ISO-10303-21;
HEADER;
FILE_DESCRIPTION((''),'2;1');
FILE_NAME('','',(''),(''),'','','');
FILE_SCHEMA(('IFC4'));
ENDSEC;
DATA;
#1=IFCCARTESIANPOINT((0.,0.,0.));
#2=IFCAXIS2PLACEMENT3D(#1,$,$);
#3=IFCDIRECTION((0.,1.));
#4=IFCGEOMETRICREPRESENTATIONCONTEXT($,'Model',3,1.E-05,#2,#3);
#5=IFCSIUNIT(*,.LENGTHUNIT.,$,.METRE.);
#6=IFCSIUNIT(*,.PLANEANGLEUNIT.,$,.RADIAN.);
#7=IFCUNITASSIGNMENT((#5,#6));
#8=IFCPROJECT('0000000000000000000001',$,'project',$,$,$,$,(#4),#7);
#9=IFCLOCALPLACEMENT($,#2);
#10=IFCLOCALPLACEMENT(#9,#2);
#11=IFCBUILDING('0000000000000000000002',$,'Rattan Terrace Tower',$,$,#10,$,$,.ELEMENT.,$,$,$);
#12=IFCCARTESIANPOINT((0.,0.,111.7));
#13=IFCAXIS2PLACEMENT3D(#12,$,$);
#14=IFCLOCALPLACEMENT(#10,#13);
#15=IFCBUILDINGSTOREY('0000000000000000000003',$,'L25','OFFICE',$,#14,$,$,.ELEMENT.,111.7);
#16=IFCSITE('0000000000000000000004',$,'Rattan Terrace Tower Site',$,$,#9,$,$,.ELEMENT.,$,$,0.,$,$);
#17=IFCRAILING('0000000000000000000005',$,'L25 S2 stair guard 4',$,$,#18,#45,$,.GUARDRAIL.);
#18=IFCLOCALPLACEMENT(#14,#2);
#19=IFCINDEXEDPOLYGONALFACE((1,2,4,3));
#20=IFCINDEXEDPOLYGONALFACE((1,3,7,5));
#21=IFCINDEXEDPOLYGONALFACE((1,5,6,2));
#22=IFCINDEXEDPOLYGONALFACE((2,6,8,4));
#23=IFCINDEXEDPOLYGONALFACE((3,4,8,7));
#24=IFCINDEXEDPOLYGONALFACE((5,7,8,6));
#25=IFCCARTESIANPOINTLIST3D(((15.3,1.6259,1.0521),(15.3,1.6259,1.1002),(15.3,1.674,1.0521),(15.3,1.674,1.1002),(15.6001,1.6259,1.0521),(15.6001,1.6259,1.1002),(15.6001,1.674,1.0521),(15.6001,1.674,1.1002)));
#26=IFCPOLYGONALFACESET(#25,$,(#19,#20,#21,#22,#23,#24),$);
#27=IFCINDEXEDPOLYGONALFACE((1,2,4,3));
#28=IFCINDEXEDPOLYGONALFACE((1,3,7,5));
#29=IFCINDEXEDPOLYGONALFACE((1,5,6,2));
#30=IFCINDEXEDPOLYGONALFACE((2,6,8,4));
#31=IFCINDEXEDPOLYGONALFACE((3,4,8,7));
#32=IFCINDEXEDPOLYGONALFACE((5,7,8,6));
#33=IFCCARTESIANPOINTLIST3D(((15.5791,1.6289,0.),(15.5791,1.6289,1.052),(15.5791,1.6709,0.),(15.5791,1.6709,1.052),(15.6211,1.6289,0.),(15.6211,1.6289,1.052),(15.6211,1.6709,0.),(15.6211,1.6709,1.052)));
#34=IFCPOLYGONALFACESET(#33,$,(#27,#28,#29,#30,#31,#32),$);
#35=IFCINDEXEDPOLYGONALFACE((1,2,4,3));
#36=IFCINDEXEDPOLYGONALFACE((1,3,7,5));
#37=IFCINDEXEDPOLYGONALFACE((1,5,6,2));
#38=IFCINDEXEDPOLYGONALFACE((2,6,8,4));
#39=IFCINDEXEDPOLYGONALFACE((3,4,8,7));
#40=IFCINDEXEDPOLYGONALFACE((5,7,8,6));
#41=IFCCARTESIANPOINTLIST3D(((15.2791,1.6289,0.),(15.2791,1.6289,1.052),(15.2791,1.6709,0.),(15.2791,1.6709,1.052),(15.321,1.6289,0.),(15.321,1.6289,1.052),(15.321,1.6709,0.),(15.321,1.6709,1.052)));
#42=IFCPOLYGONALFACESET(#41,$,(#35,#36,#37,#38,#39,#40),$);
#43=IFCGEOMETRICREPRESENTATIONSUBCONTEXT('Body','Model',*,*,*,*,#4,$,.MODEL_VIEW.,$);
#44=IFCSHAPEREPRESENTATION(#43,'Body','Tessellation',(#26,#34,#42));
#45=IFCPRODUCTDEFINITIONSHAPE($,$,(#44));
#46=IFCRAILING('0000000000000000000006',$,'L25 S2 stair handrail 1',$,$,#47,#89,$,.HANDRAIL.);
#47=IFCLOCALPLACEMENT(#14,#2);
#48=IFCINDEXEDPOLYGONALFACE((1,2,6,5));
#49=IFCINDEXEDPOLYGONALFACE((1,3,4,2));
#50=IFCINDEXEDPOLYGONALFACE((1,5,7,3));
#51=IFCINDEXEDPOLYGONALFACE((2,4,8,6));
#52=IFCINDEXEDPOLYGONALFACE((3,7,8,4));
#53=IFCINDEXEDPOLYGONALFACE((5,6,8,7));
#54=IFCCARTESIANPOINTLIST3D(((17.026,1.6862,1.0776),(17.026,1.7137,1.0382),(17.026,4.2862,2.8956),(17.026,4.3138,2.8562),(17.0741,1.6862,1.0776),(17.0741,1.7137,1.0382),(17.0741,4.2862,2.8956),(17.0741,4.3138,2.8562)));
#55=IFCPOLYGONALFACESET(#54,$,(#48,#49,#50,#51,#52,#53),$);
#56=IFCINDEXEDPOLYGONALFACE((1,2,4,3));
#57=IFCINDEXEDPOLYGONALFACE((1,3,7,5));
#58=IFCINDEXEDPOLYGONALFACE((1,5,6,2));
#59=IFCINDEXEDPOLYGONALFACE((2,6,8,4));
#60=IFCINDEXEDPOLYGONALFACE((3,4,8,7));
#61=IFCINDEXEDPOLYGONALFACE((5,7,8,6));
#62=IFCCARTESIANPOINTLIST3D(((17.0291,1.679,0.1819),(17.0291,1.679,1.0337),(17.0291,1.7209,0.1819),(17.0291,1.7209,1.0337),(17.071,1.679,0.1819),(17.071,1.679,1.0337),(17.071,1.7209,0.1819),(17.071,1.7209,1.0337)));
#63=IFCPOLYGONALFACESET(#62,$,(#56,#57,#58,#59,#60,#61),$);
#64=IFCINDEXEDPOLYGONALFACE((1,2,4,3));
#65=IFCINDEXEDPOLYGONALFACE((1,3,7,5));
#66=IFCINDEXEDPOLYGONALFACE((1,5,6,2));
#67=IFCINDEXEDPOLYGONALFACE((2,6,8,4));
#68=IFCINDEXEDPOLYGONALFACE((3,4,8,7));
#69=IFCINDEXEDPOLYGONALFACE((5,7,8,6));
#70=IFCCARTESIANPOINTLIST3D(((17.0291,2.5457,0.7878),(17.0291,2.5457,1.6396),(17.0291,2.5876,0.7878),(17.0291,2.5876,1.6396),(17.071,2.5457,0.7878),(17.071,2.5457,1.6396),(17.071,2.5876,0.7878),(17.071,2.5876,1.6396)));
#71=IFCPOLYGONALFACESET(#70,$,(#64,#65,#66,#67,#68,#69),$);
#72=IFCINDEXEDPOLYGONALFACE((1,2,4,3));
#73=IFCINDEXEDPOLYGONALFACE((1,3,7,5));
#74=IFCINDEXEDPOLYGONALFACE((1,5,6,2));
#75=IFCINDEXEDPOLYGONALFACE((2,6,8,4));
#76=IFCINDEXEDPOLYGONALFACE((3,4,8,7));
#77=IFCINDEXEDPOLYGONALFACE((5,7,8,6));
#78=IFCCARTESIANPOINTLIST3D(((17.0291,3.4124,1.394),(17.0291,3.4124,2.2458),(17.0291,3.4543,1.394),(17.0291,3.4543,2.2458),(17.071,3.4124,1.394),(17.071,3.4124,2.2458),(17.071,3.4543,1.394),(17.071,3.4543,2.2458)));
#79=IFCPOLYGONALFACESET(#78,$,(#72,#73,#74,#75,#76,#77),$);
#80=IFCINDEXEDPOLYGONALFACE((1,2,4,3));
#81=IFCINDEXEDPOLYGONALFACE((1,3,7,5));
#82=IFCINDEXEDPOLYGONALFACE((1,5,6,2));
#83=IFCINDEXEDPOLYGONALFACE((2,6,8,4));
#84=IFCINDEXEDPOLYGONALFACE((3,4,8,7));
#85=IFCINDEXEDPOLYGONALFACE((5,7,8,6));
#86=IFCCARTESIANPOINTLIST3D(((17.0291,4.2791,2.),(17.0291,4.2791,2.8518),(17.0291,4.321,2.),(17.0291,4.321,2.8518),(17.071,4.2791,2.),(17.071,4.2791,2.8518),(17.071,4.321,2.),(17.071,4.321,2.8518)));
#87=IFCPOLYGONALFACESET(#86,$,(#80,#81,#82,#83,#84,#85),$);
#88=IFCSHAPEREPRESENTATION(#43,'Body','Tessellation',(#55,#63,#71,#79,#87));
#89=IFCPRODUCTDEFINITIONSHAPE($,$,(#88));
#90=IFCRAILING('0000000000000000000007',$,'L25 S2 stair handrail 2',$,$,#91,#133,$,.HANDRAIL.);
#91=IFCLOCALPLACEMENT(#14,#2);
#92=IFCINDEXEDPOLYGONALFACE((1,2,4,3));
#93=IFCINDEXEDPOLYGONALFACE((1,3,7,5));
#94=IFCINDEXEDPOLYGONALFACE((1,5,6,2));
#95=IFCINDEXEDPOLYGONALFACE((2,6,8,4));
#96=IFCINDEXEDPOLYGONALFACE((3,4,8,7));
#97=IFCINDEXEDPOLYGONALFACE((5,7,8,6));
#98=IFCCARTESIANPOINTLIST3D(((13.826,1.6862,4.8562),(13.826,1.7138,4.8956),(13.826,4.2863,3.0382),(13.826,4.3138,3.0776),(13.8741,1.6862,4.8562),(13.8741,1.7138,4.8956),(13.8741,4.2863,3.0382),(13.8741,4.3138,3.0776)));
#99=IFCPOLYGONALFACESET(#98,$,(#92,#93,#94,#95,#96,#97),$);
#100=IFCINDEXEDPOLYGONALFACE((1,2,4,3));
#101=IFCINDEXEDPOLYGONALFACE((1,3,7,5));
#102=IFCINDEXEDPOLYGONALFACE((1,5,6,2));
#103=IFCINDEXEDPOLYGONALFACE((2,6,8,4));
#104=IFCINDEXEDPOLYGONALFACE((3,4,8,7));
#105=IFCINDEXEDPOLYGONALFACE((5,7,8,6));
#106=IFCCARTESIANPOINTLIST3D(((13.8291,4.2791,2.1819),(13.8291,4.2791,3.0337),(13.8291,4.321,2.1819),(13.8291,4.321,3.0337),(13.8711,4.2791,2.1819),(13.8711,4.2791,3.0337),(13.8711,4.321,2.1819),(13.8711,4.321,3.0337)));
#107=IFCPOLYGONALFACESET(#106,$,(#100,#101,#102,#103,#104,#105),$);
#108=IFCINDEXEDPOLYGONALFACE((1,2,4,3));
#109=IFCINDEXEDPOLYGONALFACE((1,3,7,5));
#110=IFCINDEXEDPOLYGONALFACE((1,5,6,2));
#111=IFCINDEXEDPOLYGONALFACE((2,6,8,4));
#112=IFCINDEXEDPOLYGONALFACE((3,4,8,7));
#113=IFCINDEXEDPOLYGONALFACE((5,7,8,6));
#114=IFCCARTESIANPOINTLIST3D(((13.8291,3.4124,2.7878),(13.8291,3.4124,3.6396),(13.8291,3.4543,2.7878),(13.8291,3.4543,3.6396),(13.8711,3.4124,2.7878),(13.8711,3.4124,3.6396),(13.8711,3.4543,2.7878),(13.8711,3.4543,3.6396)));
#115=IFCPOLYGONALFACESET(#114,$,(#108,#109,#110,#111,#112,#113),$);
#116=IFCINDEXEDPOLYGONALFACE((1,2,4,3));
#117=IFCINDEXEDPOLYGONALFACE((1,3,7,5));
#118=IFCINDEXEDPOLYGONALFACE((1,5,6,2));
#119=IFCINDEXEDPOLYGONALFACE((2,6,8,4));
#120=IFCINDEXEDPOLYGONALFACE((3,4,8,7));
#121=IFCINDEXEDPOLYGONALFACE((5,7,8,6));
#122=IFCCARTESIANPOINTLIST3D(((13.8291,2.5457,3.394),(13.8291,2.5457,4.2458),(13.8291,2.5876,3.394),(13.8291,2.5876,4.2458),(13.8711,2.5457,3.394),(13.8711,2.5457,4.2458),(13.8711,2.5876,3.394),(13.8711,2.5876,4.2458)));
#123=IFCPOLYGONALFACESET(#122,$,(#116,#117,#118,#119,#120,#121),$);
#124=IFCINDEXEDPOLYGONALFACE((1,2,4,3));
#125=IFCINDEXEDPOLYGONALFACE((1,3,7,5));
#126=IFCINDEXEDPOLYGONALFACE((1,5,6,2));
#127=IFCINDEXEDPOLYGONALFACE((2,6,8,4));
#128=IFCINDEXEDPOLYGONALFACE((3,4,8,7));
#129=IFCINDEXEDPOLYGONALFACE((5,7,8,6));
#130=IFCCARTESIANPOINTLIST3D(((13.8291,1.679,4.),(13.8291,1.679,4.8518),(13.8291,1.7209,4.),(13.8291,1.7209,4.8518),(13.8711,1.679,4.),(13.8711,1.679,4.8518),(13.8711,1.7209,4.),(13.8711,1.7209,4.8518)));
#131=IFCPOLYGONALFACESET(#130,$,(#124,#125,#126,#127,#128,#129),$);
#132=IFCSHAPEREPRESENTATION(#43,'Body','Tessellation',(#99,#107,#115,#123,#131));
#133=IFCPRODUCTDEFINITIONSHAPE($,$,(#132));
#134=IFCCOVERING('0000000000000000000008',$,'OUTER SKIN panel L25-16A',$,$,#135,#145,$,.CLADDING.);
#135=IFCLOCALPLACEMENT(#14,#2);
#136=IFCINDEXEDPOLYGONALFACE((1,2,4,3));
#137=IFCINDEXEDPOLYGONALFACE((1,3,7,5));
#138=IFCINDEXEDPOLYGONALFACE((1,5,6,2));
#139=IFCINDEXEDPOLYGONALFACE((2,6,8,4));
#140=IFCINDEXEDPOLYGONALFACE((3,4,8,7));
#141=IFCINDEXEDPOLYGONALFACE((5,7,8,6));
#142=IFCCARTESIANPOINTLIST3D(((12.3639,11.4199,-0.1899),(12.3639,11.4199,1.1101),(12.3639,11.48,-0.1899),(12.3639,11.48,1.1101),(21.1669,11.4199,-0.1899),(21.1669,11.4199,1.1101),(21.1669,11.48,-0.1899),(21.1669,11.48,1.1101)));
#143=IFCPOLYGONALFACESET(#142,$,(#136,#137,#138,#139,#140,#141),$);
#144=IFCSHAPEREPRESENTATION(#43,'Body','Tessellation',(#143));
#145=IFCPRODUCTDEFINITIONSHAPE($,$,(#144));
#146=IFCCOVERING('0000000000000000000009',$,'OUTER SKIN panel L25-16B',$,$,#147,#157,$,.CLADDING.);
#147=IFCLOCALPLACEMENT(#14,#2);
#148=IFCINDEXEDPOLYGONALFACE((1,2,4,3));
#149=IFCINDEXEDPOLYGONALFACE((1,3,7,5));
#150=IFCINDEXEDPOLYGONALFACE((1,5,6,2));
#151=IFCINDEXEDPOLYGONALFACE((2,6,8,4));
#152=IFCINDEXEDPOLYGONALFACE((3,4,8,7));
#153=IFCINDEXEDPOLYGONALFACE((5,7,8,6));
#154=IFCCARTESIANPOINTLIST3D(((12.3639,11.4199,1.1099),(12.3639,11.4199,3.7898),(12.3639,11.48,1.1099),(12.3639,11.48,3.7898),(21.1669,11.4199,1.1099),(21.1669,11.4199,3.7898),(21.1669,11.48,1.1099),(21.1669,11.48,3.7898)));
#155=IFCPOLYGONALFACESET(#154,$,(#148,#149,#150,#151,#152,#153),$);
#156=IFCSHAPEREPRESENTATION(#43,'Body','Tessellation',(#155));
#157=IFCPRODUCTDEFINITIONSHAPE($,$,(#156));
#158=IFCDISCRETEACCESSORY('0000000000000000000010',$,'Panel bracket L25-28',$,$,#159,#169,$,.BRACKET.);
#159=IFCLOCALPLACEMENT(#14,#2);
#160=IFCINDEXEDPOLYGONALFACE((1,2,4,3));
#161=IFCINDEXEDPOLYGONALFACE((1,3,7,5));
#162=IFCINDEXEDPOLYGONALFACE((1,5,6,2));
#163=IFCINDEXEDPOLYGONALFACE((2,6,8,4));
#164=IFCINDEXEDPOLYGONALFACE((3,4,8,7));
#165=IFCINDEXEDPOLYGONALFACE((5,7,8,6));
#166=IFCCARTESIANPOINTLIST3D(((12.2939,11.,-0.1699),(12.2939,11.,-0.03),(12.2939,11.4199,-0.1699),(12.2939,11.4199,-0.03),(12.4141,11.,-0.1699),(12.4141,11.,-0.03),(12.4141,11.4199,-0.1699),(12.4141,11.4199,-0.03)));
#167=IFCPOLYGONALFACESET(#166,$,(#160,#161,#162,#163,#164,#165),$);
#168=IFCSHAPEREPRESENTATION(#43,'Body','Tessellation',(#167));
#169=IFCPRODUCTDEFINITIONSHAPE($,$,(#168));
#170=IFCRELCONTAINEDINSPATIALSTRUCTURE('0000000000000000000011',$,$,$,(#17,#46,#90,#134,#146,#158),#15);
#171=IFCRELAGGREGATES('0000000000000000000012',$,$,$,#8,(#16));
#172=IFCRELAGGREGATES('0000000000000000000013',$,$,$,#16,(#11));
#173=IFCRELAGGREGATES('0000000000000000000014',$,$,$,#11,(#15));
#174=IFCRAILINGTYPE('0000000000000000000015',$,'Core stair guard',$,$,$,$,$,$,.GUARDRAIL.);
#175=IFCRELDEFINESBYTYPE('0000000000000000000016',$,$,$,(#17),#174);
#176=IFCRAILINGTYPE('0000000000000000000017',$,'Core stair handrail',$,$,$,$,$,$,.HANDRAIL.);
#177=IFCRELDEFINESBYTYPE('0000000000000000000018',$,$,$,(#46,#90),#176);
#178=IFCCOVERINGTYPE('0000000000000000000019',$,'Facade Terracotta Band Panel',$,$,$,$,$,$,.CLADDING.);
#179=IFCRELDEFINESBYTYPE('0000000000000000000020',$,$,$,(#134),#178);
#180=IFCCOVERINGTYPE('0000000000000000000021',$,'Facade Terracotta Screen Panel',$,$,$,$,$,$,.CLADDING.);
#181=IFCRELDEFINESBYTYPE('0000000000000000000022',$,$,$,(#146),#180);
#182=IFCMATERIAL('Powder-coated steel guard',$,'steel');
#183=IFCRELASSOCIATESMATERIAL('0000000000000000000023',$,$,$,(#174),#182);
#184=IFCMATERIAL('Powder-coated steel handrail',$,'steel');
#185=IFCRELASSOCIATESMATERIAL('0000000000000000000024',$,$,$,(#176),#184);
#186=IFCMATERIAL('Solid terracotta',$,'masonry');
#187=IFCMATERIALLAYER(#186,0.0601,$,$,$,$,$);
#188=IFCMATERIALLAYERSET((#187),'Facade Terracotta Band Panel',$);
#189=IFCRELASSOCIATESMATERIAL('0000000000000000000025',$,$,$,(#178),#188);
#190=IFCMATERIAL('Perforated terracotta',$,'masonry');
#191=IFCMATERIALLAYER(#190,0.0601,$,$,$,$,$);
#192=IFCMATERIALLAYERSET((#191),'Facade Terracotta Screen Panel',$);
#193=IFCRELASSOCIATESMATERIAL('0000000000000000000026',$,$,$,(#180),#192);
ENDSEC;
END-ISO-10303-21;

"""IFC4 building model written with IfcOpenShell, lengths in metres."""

from ifc_helpers import new_model, si_unit, direction, frame, origin, origin_2d, place, context, subcontext, project, spatial, rectangle, extrude, material, layer, layer_set, type_object, element, save


model = new_model("IFC4")

# Units and contexts
model_context = context("Model", 3, precision=1e-05, world=origin(), true_north=direction((0.0, 1.0)))
body_context = subcontext(model_context, "Body", "Model", "MODEL_VIEW")
ifc_project = project(units=[si_unit("LENGTHUNIT", "METRE"), si_unit("PLANEANGLEUNIT", "RADIAN")], contexts=[model_context])

# Site, building, storey
site_placement = place(None, origin())
site = spatial("IfcSite", under=ifc_project, at=site_placement, Name="Rattan Terrace Tower Site", CompositionType="ELEMENT", RefElevation=0.0)
building_placement = place(site_placement, origin())
building = spatial("IfcBuilding", under=site, at=building_placement, Name="Rattan Terrace Tower", CompositionType="ELEMENT")
storey_placement = place(building_placement, frame((0.0, 0.0, 111.7)))
storey = spatial("IfcBuildingStorey", under=building, at=storey_placement, Name="L25", Description="OFFICE", CompositionType="ELEMENT", Elevation=111.7)

# Railings
ifc_material_1 = material(Name="Powder-coated steel guard", Category="steel")
railing_type_1 = type_object("IfcRailingType", Name="Core stair guard", PredefinedType="GUARDRAIL", material=ifc_material_1)
railing_1_placement = place(storey_placement, frame((15.6001, 1.6499, 0.0)))
element("IfcRailing", 1, at=railing_1_placement, inside=storey, type_object=railing_type_1, Name="L25 S2 stair guard 4", PredefinedType="GUARDRAIL", context=body_context, shape_type="SweptSolid", body=[
    extrude(rectangle(XDim=0.0481, YDim=0.0481, at=origin_2d()), frame((0.0, 0.0, 1.0762), z_axis=(-1.0, 0.0, 0.0), x_axis=(0.0, -1.0, 0.0)), (0.0, 0.0, 1.0), 0.3),
    extrude(rectangle(XDim=0.042, YDim=0.042, at=origin_2d()), origin(), (0.0, 0.0, 1.0), 1.052),
    extrude(rectangle(XDim=0.042, YDim=0.042, at=origin_2d()), frame((-0.3, 0.0, 0.0)), (0.0, 0.0, 1.0), 1.052),
])
ifc_material_2 = material(Name="Powder-coated steel handrail", Category="steel")
railing_type_2 = type_object("IfcRailingType", Name="Core stair handrail", PredefinedType="HANDRAIL", material=ifc_material_2)
railing_2_placement = place(storey_placement, frame((17.05, 1.7, 0.1819)))
element("IfcRailing", 2, at=railing_2_placement, inside=storey, type_object=railing_type_2, Name="L25 S2 stair handrail 1", PredefinedType="HANDRAIL", context=body_context, shape_type="SweptSolid", body=[
    extrude(rectangle(XDim=0.0481, YDim=0.0481, at=origin_2d()), frame((0.0, 0.0, 0.876), z_axis=(0.0, 0.819521, 0.573049), x_axis=(-1.0, 0.0, 0.0)), (0.0, 0.0, 1.0), 3.1726),
    extrude(rectangle(XDim=0.042, YDim=0.042, at=origin_2d()), origin(), (0.0, 0.0, 1.0), 0.8518),
    extrude(rectangle(XDim=0.042, YDim=0.042, at=origin_2d()), frame((0.0, 0.8667, 0.606)), (0.0, 0.0, 1.0), 0.8518),
    extrude(rectangle(XDim=0.042, YDim=0.042, at=origin_2d()), frame((0.0, 1.7334, 1.2122)), (0.0, 0.0, 1.0), 0.8518),
    extrude(rectangle(XDim=0.042, YDim=0.042, at=origin_2d()), frame((0.0, 2.6001, 1.8181)), (0.0, 0.0, 1.0), 0.8518),
])
railing_3_placement = place(storey_placement, frame((13.8501, 4.3, 2.1819)))
element("IfcRailing", 3, at=railing_3_placement, inside=storey, type_object=railing_type_2, Name="L25 S2 stair handrail 2", PredefinedType="HANDRAIL", context=body_context, shape_type="SweptSolid", body=[
    extrude(rectangle(XDim=0.0481, YDim=0.0481, at=origin_2d()), frame((0.0, 0.0, 0.876), z_axis=(0.0, -0.819521, 0.573049), x_axis=(1.0, 0.0, 0.0)), (0.0, 0.0, 1.0), 3.1726),
    extrude(rectangle(XDim=0.042, YDim=0.042, at=origin_2d()), origin(), (0.0, 0.0, 1.0), 0.8518),
    extrude(rectangle(XDim=0.042, YDim=0.042, at=origin_2d()), frame((0.0, -0.8667, 0.606)), (0.0, 0.0, 1.0), 0.8518),
    extrude(rectangle(XDim=0.042, YDim=0.042, at=origin_2d()), frame((0.0, -1.7334, 1.2122)), (0.0, 0.0, 1.0), 0.8518),
    extrude(rectangle(XDim=0.042, YDim=0.042, at=origin_2d()), frame((0.0, -2.6001, 1.8181)), (0.0, 0.0, 1.0), 0.8518),
])

# Coverings
ifc_material_3 = material(Name="Solid terracotta", Category="masonry")
ifc_layer_1 = layer(ifc_material_3, 0.0601)
ifc_layer_set_1 = layer_set([ifc_layer_1], Name="Facade Terracotta Band Panel")
covering_type_1 = type_object("IfcCoveringType", Name="Facade Terracotta Band Panel", PredefinedType="CLADDING", material=ifc_layer_set_1)
covering_1_placement = place(storey_placement, frame((16.7654, 11.45, -0.1899), z_axis=(0.0, 0.0, 1.0), x_axis=(-1.0, 0.0, 0.0)))
element("IfcCovering", 4, at=covering_1_placement, inside=storey, type_object=covering_type_1, Name="OUTER SKIN panel L25-16A", PredefinedType="CLADDING", context=body_context, shape_type="SweptSolid", body=[
    extrude(rectangle(XDim=8.803, YDim=0.0601, at=origin_2d()), origin(), (0.0, 0.0, 1.0), 1.3),
])
ifc_material_4 = material(Name="Perforated terracotta", Category="masonry")
ifc_layer_2 = layer(ifc_material_4, 0.0601)
ifc_layer_set_2 = layer_set([ifc_layer_2], Name="Facade Terracotta Screen Panel")
covering_type_2 = type_object("IfcCoveringType", Name="Facade Terracotta Screen Panel", PredefinedType="CLADDING", material=ifc_layer_set_2)
covering_2_placement = place(storey_placement, frame((16.7654, 11.45, 1.1099), z_axis=(0.0, 0.0, 1.0), x_axis=(-1.0, 0.0, 0.0)))
element("IfcCovering", 5, at=covering_2_placement, inside=storey, type_object=covering_type_2, Name="OUTER SKIN panel L25-16B", PredefinedType="CLADDING", context=body_context, shape_type="SweptSolid", body=[
    extrude(rectangle(XDim=8.803, YDim=0.0601, at=origin_2d()), origin(), (0.0, 0.0, 1.0), 2.6799),
])

# Discrete accessory
discrete_accessory_placement = place(storey_placement, frame((12.354, 11.21, -0.1699), z_axis=(0.0, 0.0, 1.0), x_axis=(-1.0, 0.0, 0.0)))
element("IfcDiscreteAccessory", 6, at=discrete_accessory_placement, inside=storey, Name="Panel bracket L25-28", PredefinedType="BRACKET", context=body_context, shape_type="SweptSolid", body=[
    extrude(rectangle(XDim=0.1201, YDim=0.4199, at=origin_2d()), origin(), (0.0, 0.0, 1.0), 0.1399),
])

save(model, "model.ifc")
